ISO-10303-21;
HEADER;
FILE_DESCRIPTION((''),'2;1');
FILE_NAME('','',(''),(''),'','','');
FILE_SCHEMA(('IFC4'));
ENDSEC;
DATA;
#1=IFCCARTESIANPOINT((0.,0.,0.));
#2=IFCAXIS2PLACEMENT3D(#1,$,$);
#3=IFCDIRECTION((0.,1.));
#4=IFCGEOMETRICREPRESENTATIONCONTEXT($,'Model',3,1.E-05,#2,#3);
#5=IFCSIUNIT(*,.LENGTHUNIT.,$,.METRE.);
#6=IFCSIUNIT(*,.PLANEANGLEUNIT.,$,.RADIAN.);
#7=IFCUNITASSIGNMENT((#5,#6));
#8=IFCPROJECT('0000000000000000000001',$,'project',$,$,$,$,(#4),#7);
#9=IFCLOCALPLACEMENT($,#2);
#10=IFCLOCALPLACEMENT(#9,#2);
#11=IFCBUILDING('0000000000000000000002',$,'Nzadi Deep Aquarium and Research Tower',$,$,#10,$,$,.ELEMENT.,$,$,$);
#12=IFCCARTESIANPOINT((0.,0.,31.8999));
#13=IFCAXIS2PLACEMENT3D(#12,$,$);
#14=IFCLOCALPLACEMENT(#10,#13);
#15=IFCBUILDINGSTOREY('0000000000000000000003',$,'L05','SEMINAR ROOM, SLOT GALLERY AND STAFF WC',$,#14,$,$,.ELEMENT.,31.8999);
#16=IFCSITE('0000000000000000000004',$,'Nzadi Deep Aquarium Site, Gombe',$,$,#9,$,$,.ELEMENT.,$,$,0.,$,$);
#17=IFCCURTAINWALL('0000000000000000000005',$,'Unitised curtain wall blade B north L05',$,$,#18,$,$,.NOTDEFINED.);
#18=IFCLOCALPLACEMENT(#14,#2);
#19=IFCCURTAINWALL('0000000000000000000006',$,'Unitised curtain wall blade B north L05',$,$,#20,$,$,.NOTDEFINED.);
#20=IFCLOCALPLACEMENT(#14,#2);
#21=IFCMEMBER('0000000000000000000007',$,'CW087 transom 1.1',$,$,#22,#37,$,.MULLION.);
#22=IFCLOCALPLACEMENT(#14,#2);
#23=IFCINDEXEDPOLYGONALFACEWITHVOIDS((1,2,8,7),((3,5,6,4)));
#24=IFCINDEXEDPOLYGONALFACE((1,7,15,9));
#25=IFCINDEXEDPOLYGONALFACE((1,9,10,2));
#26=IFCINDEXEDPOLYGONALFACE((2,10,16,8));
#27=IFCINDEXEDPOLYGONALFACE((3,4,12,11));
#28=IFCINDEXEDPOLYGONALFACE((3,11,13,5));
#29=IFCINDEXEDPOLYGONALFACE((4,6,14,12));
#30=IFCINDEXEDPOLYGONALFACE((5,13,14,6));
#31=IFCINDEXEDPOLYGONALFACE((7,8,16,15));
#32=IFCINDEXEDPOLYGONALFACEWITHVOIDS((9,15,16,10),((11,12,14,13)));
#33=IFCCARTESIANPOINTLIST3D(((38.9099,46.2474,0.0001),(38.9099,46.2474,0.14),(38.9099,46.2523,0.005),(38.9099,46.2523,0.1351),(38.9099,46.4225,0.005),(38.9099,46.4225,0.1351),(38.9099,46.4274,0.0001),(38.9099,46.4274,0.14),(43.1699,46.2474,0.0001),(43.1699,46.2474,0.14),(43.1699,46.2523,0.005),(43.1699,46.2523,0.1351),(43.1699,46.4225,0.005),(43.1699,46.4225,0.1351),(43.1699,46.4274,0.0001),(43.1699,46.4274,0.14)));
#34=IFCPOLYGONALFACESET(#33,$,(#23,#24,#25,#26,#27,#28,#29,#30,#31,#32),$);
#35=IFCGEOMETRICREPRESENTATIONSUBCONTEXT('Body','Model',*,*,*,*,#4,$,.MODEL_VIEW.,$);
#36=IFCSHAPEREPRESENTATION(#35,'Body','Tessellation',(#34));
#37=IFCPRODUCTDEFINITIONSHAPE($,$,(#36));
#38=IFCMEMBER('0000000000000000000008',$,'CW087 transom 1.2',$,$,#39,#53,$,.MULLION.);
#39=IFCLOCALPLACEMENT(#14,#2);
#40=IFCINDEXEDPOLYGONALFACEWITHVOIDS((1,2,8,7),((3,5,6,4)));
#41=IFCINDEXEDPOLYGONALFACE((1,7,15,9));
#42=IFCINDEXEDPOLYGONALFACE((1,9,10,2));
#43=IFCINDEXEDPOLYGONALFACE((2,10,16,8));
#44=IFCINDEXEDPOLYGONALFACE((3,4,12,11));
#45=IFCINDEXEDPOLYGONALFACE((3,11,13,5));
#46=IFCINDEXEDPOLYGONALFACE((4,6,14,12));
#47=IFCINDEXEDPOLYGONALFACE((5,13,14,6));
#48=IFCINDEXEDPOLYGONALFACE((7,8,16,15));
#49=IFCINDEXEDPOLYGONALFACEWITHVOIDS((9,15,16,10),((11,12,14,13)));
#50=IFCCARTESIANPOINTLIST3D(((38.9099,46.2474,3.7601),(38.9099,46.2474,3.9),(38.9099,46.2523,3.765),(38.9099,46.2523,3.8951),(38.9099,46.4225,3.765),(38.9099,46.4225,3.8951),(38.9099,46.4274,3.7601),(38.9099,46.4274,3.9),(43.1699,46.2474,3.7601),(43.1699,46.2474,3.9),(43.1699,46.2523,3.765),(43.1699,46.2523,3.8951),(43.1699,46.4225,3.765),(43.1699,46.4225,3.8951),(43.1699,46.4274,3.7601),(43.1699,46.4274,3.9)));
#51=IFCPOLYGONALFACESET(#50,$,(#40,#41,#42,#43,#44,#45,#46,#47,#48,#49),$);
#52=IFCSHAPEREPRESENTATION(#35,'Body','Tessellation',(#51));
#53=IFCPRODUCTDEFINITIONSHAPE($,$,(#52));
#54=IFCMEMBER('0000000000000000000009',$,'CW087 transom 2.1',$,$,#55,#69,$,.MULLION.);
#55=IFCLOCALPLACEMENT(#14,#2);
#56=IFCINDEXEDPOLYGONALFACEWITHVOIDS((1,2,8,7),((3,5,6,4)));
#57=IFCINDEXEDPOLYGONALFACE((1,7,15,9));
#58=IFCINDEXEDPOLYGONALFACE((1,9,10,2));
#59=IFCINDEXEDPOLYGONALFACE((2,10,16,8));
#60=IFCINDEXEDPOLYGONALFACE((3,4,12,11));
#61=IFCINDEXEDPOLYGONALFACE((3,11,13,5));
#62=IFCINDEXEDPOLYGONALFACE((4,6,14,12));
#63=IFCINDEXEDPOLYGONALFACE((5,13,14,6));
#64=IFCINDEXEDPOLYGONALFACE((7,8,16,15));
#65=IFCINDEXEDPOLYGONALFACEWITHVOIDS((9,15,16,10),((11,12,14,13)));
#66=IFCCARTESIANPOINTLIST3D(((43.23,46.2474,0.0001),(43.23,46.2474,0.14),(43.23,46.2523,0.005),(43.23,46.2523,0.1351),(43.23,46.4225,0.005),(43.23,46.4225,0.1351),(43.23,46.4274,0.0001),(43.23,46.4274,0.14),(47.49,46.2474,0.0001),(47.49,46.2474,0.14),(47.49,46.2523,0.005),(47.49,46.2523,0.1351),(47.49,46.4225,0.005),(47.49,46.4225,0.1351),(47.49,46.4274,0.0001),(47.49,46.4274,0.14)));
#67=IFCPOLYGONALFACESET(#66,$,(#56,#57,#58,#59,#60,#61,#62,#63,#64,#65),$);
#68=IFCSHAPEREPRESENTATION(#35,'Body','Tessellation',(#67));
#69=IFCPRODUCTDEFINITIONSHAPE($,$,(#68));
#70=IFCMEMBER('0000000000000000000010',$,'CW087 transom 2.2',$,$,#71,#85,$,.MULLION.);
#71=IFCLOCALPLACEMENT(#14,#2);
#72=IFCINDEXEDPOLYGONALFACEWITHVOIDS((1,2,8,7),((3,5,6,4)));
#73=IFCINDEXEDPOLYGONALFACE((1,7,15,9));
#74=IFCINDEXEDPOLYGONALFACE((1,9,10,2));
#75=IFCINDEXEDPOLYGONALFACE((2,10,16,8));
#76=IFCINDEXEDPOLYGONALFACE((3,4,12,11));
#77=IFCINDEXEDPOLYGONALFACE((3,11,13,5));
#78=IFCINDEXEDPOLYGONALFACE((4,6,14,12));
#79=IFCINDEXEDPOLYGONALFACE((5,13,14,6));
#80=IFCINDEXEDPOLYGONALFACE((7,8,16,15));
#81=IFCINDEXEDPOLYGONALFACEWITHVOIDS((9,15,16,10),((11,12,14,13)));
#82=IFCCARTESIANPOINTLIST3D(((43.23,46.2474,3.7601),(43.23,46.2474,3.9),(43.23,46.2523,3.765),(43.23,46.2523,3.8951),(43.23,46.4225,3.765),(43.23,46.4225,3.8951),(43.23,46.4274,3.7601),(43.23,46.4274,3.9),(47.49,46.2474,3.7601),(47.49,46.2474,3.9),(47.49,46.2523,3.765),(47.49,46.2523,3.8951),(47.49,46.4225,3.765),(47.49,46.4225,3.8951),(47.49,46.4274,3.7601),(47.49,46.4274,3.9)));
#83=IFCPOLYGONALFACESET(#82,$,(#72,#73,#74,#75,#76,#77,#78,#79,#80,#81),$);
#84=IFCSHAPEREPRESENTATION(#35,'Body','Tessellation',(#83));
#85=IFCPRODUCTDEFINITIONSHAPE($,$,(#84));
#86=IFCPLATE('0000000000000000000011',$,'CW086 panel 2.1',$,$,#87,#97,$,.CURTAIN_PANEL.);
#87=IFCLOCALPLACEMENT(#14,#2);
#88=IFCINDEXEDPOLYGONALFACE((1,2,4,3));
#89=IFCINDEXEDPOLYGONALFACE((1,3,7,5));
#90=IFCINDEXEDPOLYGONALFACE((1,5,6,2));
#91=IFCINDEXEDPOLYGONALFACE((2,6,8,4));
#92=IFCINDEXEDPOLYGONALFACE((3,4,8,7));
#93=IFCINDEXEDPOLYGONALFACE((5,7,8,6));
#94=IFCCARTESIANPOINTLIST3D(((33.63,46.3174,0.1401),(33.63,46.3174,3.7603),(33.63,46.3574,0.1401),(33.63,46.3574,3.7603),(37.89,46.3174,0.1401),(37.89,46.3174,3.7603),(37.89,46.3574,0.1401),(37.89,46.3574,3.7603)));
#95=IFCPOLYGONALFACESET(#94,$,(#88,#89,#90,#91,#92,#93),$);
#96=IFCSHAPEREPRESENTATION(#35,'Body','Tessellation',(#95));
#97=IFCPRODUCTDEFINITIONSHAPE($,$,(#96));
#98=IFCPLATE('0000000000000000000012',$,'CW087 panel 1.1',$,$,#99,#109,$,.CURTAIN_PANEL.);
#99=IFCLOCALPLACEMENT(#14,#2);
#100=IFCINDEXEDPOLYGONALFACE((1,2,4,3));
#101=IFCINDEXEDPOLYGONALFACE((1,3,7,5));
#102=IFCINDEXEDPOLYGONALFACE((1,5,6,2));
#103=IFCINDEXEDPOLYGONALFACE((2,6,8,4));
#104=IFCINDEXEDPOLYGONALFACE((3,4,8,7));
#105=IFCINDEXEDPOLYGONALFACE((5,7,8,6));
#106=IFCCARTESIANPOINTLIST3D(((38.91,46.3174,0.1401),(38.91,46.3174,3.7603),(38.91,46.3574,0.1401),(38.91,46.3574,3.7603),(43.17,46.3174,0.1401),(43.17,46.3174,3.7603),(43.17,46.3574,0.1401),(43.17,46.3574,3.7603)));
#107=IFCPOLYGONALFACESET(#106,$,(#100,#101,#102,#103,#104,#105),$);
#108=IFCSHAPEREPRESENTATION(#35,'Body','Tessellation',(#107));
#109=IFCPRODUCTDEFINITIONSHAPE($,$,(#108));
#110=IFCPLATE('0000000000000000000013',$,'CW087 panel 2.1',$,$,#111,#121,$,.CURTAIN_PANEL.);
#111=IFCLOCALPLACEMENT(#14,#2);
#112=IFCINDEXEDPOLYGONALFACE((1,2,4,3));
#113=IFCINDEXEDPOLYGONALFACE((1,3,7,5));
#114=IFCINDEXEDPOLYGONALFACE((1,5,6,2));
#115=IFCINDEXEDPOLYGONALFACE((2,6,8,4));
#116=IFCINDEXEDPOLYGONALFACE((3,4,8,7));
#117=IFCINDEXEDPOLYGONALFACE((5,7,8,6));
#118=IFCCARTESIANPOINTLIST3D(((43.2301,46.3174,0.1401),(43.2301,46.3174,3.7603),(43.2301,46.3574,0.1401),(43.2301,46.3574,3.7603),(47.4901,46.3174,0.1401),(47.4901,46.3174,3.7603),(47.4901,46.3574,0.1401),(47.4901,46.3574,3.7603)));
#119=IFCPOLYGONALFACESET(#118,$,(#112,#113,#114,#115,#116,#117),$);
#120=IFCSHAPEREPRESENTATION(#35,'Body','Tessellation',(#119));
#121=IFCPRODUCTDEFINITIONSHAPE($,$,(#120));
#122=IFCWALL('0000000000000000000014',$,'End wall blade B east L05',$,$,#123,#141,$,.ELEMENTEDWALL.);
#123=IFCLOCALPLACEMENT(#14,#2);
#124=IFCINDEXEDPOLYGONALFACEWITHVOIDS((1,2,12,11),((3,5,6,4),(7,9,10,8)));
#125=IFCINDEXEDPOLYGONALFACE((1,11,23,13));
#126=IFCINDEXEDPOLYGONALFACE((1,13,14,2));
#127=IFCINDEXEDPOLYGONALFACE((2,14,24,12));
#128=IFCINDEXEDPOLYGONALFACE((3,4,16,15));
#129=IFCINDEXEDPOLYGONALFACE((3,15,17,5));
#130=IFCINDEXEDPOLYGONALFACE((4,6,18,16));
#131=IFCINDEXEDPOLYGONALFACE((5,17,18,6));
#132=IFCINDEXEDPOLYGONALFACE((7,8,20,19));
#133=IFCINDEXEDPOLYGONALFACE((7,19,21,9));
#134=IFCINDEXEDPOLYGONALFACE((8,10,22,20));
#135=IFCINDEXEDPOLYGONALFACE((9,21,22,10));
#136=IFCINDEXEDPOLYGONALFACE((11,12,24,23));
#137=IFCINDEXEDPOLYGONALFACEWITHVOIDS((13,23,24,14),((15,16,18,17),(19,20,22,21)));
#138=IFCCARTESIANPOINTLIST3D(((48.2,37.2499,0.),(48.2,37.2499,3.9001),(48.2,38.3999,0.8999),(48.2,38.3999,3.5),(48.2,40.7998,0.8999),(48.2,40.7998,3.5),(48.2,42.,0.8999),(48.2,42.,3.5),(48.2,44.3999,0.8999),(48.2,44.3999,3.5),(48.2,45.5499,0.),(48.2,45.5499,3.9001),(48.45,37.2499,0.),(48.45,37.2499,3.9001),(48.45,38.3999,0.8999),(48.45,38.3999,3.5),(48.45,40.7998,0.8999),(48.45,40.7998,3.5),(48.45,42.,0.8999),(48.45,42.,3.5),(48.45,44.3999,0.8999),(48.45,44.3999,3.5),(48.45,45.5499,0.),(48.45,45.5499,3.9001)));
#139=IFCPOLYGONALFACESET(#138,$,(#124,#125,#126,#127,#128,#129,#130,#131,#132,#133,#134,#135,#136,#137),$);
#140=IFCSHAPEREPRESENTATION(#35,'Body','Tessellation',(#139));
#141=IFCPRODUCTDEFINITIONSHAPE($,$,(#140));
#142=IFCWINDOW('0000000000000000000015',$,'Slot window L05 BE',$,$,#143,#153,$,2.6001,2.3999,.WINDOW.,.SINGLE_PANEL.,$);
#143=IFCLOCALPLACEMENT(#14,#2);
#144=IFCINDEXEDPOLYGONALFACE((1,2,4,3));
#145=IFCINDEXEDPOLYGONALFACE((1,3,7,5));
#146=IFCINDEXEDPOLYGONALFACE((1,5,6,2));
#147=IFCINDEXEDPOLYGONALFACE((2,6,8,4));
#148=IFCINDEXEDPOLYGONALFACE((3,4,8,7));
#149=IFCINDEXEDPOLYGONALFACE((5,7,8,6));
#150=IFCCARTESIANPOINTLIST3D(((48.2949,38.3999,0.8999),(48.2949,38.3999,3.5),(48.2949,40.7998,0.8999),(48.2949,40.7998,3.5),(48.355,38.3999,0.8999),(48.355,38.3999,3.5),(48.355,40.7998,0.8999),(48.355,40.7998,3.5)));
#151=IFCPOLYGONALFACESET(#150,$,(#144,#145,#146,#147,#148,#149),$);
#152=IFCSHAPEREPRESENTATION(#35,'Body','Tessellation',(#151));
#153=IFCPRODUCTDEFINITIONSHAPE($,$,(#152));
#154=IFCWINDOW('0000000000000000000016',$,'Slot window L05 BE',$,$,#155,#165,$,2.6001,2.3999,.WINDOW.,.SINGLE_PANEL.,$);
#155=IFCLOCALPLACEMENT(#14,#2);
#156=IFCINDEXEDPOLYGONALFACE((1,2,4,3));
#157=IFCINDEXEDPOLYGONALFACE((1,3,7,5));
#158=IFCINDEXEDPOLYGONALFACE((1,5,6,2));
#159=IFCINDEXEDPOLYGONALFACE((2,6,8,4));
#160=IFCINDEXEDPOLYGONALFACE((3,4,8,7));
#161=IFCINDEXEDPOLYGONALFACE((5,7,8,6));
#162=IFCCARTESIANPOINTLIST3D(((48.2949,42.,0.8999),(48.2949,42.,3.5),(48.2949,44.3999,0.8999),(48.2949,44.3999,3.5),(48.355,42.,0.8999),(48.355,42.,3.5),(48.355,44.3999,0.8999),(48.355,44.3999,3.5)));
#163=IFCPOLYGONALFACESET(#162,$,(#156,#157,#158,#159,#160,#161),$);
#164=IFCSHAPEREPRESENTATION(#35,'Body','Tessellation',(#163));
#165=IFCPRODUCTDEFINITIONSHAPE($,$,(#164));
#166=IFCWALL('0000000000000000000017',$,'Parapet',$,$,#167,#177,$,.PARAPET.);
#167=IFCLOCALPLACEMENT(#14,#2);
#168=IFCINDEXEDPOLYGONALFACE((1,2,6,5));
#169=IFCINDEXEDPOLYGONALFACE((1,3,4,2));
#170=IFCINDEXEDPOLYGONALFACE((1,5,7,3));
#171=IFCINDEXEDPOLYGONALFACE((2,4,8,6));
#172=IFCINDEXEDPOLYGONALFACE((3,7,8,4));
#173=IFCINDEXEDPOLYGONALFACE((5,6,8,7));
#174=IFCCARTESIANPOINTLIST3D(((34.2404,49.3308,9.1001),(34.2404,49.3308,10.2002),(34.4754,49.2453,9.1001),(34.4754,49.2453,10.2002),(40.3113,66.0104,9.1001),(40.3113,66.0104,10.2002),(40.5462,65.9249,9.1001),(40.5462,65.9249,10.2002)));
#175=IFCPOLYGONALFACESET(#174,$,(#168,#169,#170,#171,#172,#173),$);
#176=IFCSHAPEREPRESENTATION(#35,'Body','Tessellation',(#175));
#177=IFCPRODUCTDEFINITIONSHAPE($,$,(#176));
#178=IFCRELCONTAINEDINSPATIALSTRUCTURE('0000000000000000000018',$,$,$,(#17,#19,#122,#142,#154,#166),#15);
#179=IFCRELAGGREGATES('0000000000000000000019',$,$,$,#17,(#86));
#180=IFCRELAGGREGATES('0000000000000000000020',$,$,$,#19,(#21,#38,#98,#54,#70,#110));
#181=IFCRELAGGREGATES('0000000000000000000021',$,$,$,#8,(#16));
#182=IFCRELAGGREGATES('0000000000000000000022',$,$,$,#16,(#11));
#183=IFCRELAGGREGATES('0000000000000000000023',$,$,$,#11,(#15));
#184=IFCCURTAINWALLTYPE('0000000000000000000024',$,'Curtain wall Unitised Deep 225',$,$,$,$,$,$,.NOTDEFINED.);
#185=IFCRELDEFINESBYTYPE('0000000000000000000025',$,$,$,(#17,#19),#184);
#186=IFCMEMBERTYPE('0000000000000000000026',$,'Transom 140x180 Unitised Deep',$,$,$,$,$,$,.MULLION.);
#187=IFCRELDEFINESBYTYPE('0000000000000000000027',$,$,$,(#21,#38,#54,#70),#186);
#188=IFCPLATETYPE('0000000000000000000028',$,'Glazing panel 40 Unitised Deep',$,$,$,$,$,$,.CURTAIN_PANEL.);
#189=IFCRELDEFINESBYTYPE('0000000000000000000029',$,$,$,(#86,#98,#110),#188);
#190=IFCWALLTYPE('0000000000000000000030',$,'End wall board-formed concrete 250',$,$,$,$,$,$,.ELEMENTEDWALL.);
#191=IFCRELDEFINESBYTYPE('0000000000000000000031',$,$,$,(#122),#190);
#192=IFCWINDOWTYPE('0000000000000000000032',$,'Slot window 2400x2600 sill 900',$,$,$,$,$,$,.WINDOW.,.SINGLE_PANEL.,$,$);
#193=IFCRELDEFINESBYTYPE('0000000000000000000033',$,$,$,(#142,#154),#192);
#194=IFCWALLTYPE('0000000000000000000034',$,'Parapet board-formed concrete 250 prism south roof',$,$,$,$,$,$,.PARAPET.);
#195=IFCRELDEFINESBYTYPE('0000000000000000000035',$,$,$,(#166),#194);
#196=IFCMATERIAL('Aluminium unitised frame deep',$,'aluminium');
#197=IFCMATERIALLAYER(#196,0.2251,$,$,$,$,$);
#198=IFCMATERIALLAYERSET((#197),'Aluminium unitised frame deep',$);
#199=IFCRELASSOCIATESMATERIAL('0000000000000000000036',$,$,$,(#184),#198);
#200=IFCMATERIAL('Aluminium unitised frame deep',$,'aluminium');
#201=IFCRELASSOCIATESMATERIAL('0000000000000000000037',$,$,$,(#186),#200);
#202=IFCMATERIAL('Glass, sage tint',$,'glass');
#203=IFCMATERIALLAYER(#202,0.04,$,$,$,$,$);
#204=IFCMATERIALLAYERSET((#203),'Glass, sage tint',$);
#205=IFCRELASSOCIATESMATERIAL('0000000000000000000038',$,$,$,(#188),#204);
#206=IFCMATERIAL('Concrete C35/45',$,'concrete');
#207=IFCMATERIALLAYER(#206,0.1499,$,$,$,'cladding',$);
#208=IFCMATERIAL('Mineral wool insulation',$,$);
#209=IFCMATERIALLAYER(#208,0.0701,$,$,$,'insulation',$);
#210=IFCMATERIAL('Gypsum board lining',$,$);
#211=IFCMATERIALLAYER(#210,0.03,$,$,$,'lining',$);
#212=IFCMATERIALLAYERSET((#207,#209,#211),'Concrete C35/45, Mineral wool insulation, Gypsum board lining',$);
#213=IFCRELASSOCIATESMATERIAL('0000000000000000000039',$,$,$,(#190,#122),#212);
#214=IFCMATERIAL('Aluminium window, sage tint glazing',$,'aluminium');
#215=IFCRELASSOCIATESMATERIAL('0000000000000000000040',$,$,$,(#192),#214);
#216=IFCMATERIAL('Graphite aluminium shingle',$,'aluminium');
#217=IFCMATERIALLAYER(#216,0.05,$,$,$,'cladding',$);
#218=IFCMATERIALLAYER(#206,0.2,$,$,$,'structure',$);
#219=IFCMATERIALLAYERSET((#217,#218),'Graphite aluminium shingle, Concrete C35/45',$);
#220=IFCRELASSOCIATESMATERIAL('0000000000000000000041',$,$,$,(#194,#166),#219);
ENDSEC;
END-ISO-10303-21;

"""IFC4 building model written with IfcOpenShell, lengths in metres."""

from ifc_helpers import new_model, si_unit, direction, frame, frame_2d, origin, origin_2d, place, context, subcontext, project, spatial, rectangle, hollow_rectangle, extrude, material, layer, layer_set, layer_usage, material_profile, profile_set, type_object, element, fill, aggregate, save


model = new_model("IFC4")

# Units and contexts
model_context = context("Model", 3, precision=1e-05, world=origin(), true_north=direction((0.0, 1.0)))
body_context = subcontext(model_context, "Body", "Model", "MODEL_VIEW")
ifc_project = project(units=[si_unit("LENGTHUNIT", "METRE"), si_unit("PLANEANGLEUNIT", "RADIAN")], contexts=[model_context])

# Site, building, storey
site_placement = place(None, origin())
site = spatial("IfcSite", under=ifc_project, at=site_placement, Name="Nzadi Deep Aquarium Site, Gombe", CompositionType="ELEMENT", RefElevation=0.0)
building_placement = place(site_placement, origin())
building = spatial("IfcBuilding", under=site, at=building_placement, Name="Nzadi Deep Aquarium and Research Tower", CompositionType="ELEMENT")
storey_placement = place(building_placement, frame((0.0, 0.0, 31.8999)))
storey = spatial("IfcBuildingStorey", under=building, at=storey_placement, Name="L05", Description="SEMINAR ROOM, SLOT GALLERY AND STAFF WC", CompositionType="ELEMENT", Elevation=31.8999)

# Curtain wall
ifc_material_1 = material(Name="Aluminium unitised frame deep", Category="aluminium")
ifc_layer_1 = layer(ifc_material_1, 0.2251)
ifc_layer_set_1 = layer_set([ifc_layer_1], Name="Aluminium unitised frame deep")
curtain_wall_type = type_object("IfcCurtainWallType", Name="Curtain wall Unitised Deep 225", PredefinedType="NOTDEFINED", material=ifc_layer_set_1)
curtain_wall_1_placement = place(storey_placement, origin())
curtain_wall_1 = element("IfcCurtainWall", 1, at=curtain_wall_1_placement, inside=storey, type_object=curtain_wall_type, Name="Unitised curtain wall blade B north L05", PredefinedType="NOTDEFINED")

# Curtain wall
curtain_wall_2_placement = place(storey_placement, origin())
curtain_wall_2 = element("IfcCurtainWall", 2, at=curtain_wall_2_placement, inside=storey, type_object=curtain_wall_type, Name="Unitised curtain wall blade B north L05", PredefinedType="NOTDEFINED")

# Members
ifc_material_2 = material(Name="Aluminium unitised frame deep", Category="aluminium")
ifc_material_profile_1 = material_profile(ifc_material_2, hollow_rectangle(XDim=0.1799, YDim=0.1399, WallThickness=0.0049, at=origin_2d()))
ifc_profile_set_1 = profile_set([ifc_material_profile_1], Name="Aluminium unitised frame deep")
member_type_1 = type_object("IfcMemberType", Name="Transom 140x180 Unitised Deep", PredefinedType="MULLION", material=ifc_profile_set_1)
member_1_placement = place(storey_placement, frame((38.9099, 46.3374, 0.0701), z_axis=(1.0, 0.0, 0.0), x_axis=(0.0, 1.0, 0.0)))
member_1 = element("IfcMember", 3, at=member_1_placement, type_object=member_type_1, Name="CW087 transom 1.1", PredefinedType="MULLION", context=body_context, shape_type="SweptSolid", body=[
    extrude(hollow_rectangle(XDim=0.1799, YDim=0.1399, WallThickness=0.0049, at=origin_2d()), origin(), (0.0, 0.0, 1.0), 4.26),
])
member_2_placement = place(storey_placement, frame((38.9099, 46.3374, 3.8301), z_axis=(1.0, 0.0, 0.0), x_axis=(0.0, 1.0, 0.0)))
member_2 = element("IfcMember", 4, at=member_2_placement, type_object=member_type_1, Name="CW087 transom 1.2", PredefinedType="MULLION", context=body_context, shape_type="SweptSolid", body=[
    extrude(hollow_rectangle(XDim=0.1799, YDim=0.1399, WallThickness=0.0049, at=origin_2d()), origin(), (0.0, 0.0, 1.0), 4.26),
])
member_3_placement = place(storey_placement, frame((43.23, 46.3374, 0.0701), z_axis=(1.0, 0.0, 0.0), x_axis=(0.0, 1.0, 0.0)))
member_3 = element("IfcMember", 5, at=member_3_placement, type_object=member_type_1, Name="CW087 transom 2.1", PredefinedType="MULLION", context=body_context, shape_type="SweptSolid", body=[
    extrude(hollow_rectangle(XDim=0.1799, YDim=0.1399, WallThickness=0.0049, at=origin_2d()), origin(), (0.0, 0.0, 1.0), 4.26),
])
member_4_placement = place(storey_placement, frame((43.23, 46.3374, 3.8301), z_axis=(1.0, 0.0, 0.0), x_axis=(0.0, 1.0, 0.0)))
member_4 = element("IfcMember", 6, at=member_4_placement, type_object=member_type_1, Name="CW087 transom 2.2", PredefinedType="MULLION", context=body_context, shape_type="SweptSolid", body=[
    extrude(hollow_rectangle(XDim=0.1799, YDim=0.1399, WallThickness=0.0049, at=origin_2d()), origin(), (0.0, 0.0, 1.0), 4.26),
])

# Plates
ifc_material_3 = material(Name="Glass, sage tint", Category="glass")
ifc_layer_2 = layer(ifc_material_3, 0.04)
ifc_layer_set_2 = layer_set([ifc_layer_2], Name="Glass, sage tint")
plate_type = type_object("IfcPlateType", Name="Glazing panel 40 Unitised Deep", PredefinedType="CURTAIN_PANEL", material=ifc_layer_set_2)
plate_1_placement = place(storey_placement, frame((35.76, 46.3374, 0.1401), z_axis=(0.0, 0.0, 1.0), x_axis=(1.0, 0.0, 0.0)))
plate_1 = element("IfcPlate", 7, at=plate_1_placement, type_object=plate_type, Name="CW086 panel 2.1", PredefinedType="CURTAIN_PANEL", context=body_context, shape_type="SweptSolid", body=[
    extrude(rectangle(XDim=4.26, YDim=0.04, at=origin_2d()), origin(), (0.0, 0.0, 1.0), 3.6201),
])
aggregate(curtain_wall_1, [plate_1])
plate_2_placement = place(storey_placement, frame((41.04, 46.3374, 0.1401), z_axis=(0.0, 0.0, 1.0), x_axis=(1.0, 0.0, 0.0)))
plate_2 = element("IfcPlate", 8, at=plate_2_placement, type_object=plate_type, Name="CW087 panel 1.1", PredefinedType="CURTAIN_PANEL", context=body_context, shape_type="SweptSolid", body=[
    extrude(rectangle(XDim=4.26, YDim=0.04, at=origin_2d()), origin(), (0.0, 0.0, 1.0), 3.6201),
])
plate_3_placement = place(storey_placement, frame((45.3601, 46.3374, 0.1401), z_axis=(0.0, 0.0, 1.0), x_axis=(1.0, 0.0, 0.0)))
plate_3 = element("IfcPlate", 9, at=plate_3_placement, type_object=plate_type, Name="CW087 panel 2.1", PredefinedType="CURTAIN_PANEL", context=body_context, shape_type="SweptSolid", body=[
    extrude(rectangle(XDim=4.26, YDim=0.04, at=origin_2d()), origin(), (0.0, 0.0, 1.0), 3.6201),
])
aggregate(curtain_wall_2, [member_1, member_2, plate_2, member_3, member_4, plate_3])

# Wall, openings, windows
ifc_material_4 = material(Name="Concrete C35/45", Category="concrete")
ifc_layer_3 = layer(ifc_material_4, 0.1499, Category="cladding")
ifc_material_5 = material(Name="Mineral wool insulation")
ifc_layer_4 = layer(ifc_material_5, 0.0701, Category="insulation")
ifc_material_6 = material(Name="Gypsum board lining")
ifc_layer_5 = layer(ifc_material_6, 0.03, Category="lining")
ifc_layer_set_3 = layer_set([ifc_layer_3, ifc_layer_4, ifc_layer_5], Name="Concrete C35/45, Mineral wool insulation, Gypsum board lining")
ifc_layer_usage_1 = layer_usage(ifc_layer_set_3, "AXIS2", "POSITIVE", -0.125)
wall_type_1 = type_object("IfcWallType", Name="End wall board-formed concrete 250", PredefinedType="ELEMENTEDWALL", material=ifc_layer_set_3)
wall_1_placement = place(storey_placement, frame((48.325, 37.25, 0.0), z_axis=(0.0, 0.0, 1.0), x_axis=(0.0, 1.0, 0.0)))
wall_1 = element("IfcWall", 10, at=wall_1_placement, inside=storey, type_object=wall_type_1, material=ifc_layer_usage_1, Name="End wall blade B east L05", PredefinedType="ELEMENTEDWALL", context=body_context, shape_type="SweptSolid", body=[
    extrude(rectangle(XDim=8.3, YDim=0.25, at=frame_2d((4.1499, 0.0))), origin(), (0.0, 0.0, 1.0), 3.9001),
])
opening_1_placement = place(wall_1_placement, frame((1.1499, 0.0, 0.8999)))
opening_1 = element("IfcOpeningElement", 11, at=opening_1_placement, cuts=wall_1, PredefinedType="OPENING", context=body_context, shape_type="SweptSolid", body=[
    extrude(rectangle(XDim=2.3999, YDim=2.6001, at=frame_2d((1.2, 1.3))), frame((0.0, 0.135, 0.0), z_axis=(0.0, -1.0, 0.0), x_axis=(1.0, 0.0, 0.0)), (0.0, 0.0, 1.0), 0.27),
])
opening_2_placement = place(wall_1_placement, frame((4.75, 0.0, 0.8999)))
opening_2 = element("IfcOpeningElement", 12, at=opening_2_placement, cuts=wall_1, PredefinedType="OPENING", context=body_context, shape_type="SweptSolid", body=[
    extrude(rectangle(XDim=2.3999, YDim=2.6001, at=frame_2d((1.2, 1.3))), frame((0.0, 0.135, 0.0), z_axis=(0.0, -1.0, 0.0), x_axis=(1.0, 0.0, 0.0)), (0.0, 0.0, 1.0), 0.27),
])
ifc_material_7 = material(Name="Aluminium window, sage tint glazing", Category="aluminium")
window_type = type_object("IfcWindowType", Name="Slot window 2400x2600 sill 900", PartitioningType="SINGLE_PANEL", PredefinedType="WINDOW", material=ifc_material_7)
window_1_placement = place(opening_1_placement, origin())
window_1 = element("IfcWindow", 13, at=window_1_placement, inside=storey, type_object=window_type, Name="Slot window L05 BE", OverallHeight=2.6001, OverallWidth=2.3999, PartitioningType="SINGLE_PANEL", PredefinedType="WINDOW", context=body_context, shape_type="SweptSolid", body=[
    extrude(rectangle(XDim=2.3999, YDim=2.6001, at=frame_2d((1.2, 1.3))), frame((0.0, 0.03, 0.0), z_axis=(0.0, -1.0, 0.0), x_axis=(1.0, 0.0, 0.0)), (0.0, 0.0, 1.0), 0.0601),
])
fill(opening_1, window_1)
window_2_placement = place(opening_2_placement, origin())
window_2 = element("IfcWindow", 14, at=window_2_placement, inside=storey, type_object=window_type, Name="Slot window L05 BE", OverallHeight=2.6001, OverallWidth=2.3999, PartitioningType="SINGLE_PANEL", PredefinedType="WINDOW", context=body_context, shape_type="SweptSolid", body=[
    extrude(rectangle(XDim=2.3999, YDim=2.6001, at=frame_2d((1.2, 1.3))), frame((0.0, 0.03, 0.0), z_axis=(0.0, -1.0, 0.0), x_axis=(1.0, 0.0, 0.0)), (0.0, 0.0, 1.0), 0.0601),
])
fill(opening_2, window_2)

# Wall
ifc_material_8 = material(Name="Graphite aluminium shingle", Category="aluminium")
ifc_layer_6 = layer(ifc_material_8, 0.05, Category="cladding")
ifc_layer_7 = layer(ifc_material_4, 0.2, Category="structure")
ifc_layer_set_4 = layer_set([ifc_layer_6, ifc_layer_7], Name="Graphite aluminium shingle, Concrete C35/45")
ifc_layer_usage_2 = layer_usage(ifc_layer_set_4, "AXIS2", "POSITIVE", -0.125)
wall_type_2 = type_object("IfcWallType", Name="Parapet board-formed concrete 250 prism south roof", PredefinedType="PARAPET", material=ifc_layer_set_4)
wall_2_placement = place(storey_placement, frame((34.3579, 49.2881, 9.1001), z_axis=(0.0, 0.0, 1.0), x_axis=(0.342019, 0.939693, 0.0)))
element("IfcWall", 15, at=wall_2_placement, inside=storey, type_object=wall_type_2, material=ifc_layer_usage_2, Name="Parapet", PredefinedType="PARAPET", context=body_context, shape_type="SweptSolid", body=[
    extrude(rectangle(XDim=17.75, YDim=0.25, at=frame_2d((8.875, 0.0))), origin(), (0.0, 0.0, 1.0), 1.1001),
])

save(model, "model.ifc")
